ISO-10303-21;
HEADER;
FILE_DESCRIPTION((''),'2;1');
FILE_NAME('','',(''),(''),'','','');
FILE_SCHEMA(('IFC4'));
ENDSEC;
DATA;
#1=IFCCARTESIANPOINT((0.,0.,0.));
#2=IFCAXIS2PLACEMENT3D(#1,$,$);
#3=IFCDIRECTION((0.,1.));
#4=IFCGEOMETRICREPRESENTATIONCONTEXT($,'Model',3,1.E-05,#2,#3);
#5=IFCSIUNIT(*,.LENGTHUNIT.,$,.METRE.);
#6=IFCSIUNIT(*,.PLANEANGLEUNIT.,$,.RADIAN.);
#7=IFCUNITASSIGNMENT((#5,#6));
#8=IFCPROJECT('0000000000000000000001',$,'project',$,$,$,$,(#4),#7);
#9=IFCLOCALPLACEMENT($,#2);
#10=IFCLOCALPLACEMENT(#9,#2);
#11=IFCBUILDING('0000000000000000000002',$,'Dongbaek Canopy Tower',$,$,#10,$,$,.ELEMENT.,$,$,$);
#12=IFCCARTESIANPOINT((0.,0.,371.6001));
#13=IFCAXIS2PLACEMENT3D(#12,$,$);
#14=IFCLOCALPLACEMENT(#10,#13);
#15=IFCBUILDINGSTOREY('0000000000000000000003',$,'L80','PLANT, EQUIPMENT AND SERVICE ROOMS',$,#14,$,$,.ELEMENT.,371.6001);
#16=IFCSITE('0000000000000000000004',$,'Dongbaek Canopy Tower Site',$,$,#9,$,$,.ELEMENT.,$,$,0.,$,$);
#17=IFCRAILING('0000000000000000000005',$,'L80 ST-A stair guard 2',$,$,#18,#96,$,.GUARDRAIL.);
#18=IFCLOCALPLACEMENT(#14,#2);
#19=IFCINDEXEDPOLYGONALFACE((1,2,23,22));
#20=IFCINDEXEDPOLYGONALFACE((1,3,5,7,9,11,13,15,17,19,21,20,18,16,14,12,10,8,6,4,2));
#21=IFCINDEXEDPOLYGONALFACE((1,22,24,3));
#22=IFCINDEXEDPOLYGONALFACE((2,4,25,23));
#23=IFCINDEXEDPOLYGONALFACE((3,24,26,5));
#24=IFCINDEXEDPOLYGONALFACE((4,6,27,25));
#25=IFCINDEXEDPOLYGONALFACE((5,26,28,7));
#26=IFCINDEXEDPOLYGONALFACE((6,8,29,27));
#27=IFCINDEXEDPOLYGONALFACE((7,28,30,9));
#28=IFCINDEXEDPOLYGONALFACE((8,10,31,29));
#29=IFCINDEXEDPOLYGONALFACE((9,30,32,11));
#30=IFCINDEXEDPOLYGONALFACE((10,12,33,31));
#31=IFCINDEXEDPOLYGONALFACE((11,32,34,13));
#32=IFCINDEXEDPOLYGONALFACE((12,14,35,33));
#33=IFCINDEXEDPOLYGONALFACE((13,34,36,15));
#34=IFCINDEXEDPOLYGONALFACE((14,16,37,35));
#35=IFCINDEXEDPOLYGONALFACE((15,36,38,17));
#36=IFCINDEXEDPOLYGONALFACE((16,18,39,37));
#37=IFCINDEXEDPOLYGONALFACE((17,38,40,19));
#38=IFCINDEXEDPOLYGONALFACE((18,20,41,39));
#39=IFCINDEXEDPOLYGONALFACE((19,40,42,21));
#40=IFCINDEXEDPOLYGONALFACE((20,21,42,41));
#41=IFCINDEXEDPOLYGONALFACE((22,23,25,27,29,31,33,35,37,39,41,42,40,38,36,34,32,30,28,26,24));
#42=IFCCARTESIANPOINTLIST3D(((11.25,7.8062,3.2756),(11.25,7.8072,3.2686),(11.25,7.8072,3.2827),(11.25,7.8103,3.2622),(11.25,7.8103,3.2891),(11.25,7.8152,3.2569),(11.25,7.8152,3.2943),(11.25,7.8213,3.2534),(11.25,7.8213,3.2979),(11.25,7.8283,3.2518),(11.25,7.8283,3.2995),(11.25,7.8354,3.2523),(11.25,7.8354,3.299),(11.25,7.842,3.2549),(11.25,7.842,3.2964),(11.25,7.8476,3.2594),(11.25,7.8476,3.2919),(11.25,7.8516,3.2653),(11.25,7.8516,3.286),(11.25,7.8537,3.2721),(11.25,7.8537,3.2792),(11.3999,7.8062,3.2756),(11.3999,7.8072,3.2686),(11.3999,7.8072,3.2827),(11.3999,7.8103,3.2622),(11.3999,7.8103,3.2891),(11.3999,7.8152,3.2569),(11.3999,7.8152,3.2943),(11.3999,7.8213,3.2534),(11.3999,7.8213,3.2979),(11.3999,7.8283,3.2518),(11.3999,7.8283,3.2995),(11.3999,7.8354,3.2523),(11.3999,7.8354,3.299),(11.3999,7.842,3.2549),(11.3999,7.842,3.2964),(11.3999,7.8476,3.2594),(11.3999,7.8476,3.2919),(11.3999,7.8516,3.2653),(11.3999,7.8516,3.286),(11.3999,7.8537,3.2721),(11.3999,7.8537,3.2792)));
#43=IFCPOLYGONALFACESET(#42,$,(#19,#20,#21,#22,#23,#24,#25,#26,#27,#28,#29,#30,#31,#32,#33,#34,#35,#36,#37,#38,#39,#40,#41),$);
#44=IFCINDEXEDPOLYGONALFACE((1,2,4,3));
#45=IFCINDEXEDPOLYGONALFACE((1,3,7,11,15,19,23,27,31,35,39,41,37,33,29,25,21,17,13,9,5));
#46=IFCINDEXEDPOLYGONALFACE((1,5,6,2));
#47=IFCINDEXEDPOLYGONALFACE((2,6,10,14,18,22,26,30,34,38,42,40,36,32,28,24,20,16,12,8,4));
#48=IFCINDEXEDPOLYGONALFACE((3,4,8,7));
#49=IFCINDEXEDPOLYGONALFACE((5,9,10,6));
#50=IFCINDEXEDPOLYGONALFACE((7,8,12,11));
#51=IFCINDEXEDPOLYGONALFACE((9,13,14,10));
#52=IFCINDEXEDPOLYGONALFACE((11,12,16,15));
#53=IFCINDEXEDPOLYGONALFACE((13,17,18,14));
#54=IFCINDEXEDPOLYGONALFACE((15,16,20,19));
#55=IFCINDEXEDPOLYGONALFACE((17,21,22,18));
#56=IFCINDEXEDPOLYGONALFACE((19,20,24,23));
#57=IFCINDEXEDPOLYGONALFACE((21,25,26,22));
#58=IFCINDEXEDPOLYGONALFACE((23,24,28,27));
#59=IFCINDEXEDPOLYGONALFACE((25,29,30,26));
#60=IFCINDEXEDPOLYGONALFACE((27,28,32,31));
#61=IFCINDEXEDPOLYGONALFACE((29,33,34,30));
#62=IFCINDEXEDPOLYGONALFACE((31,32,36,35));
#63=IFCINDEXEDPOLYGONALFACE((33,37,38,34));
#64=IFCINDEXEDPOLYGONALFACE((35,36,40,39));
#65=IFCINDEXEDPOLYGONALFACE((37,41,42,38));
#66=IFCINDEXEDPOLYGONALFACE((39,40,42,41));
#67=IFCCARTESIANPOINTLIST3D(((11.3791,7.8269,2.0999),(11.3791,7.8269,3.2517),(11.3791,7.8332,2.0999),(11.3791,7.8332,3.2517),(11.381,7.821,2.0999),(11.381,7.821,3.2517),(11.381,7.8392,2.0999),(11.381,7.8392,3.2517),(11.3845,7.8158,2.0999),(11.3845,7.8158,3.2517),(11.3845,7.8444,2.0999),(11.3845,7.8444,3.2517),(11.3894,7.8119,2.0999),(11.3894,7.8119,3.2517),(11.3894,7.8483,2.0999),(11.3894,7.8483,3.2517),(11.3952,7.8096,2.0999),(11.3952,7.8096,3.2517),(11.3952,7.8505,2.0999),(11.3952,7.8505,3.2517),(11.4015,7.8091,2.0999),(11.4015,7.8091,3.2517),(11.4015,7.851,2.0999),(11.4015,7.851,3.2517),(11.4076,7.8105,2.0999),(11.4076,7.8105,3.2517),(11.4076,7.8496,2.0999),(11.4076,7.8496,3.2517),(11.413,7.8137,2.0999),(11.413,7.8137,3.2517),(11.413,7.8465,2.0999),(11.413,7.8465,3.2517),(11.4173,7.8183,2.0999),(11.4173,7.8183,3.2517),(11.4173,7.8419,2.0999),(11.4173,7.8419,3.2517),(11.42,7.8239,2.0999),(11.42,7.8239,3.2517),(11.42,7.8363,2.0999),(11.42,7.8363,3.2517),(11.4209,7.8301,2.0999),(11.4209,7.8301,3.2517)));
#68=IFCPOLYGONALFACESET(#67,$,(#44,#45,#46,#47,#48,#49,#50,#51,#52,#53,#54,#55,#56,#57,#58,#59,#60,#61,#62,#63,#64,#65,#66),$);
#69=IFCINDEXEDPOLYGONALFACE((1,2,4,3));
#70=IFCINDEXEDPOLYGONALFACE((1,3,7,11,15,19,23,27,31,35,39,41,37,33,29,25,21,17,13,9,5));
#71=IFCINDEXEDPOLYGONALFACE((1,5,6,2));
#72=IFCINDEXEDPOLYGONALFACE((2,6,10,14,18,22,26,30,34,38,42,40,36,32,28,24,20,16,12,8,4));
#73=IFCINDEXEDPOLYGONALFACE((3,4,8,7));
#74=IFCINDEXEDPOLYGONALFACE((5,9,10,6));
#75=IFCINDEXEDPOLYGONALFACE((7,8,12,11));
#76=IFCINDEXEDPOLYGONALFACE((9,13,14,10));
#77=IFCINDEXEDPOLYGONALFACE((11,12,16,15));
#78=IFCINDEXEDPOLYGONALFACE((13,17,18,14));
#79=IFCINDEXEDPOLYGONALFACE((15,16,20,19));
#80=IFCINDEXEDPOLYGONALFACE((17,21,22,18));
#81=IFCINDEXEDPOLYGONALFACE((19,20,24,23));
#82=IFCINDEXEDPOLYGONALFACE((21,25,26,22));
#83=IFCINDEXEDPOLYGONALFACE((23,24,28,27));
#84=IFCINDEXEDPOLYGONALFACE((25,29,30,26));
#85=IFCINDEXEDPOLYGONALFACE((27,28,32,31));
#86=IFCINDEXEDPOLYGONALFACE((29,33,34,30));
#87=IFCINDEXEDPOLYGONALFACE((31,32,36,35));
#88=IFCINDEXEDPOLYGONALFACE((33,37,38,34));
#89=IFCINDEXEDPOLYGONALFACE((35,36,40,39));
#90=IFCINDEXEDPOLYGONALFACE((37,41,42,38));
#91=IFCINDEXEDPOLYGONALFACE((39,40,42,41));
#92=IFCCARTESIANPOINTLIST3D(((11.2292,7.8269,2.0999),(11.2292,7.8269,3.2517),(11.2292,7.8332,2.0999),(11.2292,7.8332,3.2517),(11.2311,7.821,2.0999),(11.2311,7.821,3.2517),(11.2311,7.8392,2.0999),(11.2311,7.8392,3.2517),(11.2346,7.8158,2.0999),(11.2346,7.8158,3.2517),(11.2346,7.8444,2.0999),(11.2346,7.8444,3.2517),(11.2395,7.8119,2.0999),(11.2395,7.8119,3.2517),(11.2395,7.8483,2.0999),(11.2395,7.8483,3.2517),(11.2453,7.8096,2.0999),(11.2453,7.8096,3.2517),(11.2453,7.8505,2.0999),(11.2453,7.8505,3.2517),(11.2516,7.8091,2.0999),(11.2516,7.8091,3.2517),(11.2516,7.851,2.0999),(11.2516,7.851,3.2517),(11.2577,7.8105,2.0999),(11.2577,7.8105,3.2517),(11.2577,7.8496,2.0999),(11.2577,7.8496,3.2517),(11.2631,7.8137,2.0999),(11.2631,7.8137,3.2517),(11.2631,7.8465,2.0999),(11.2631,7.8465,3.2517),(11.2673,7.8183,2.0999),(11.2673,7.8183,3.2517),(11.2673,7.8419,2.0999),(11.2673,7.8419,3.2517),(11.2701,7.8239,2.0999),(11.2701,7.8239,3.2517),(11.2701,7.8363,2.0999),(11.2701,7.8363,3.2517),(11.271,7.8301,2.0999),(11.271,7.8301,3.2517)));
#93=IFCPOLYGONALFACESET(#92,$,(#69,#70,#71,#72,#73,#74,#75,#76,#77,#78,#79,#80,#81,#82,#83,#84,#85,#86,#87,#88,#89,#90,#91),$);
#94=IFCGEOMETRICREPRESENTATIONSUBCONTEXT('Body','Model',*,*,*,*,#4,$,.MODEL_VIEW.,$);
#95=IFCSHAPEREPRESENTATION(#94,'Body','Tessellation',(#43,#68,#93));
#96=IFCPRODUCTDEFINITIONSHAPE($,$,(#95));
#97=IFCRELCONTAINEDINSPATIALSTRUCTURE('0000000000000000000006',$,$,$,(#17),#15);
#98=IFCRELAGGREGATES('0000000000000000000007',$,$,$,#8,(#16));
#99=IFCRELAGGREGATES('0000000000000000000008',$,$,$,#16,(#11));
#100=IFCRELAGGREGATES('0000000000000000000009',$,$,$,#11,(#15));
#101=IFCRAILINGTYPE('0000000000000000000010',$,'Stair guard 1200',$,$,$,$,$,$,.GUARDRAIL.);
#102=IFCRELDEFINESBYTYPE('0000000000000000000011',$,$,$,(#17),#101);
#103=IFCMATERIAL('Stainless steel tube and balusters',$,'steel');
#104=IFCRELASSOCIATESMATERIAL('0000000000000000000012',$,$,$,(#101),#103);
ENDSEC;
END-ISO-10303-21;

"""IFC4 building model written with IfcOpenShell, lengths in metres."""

from ifc_helpers import new_model, si_unit, direction, frame, origin, origin_2d, place, context, subcontext, project, spatial, circle, extrude, material, type_object, element, save


model = new_model("IFC4")

# Units and contexts
model_context = context("Model", 3, precision=1e-05, world=origin(), true_north=direction((0.0, 1.0)))
body_context = subcontext(model_context, "Body", "Model", "MODEL_VIEW")
ifc_project = project(units=[si_unit("LENGTHUNIT", "METRE"), si_unit("PLANEANGLEUNIT", "RADIAN")], contexts=[model_context])

# Site, building, storey
site_placement = place(None, origin())
site = spatial("IfcSite", under=ifc_project, at=site_placement, Name="Dongbaek Canopy Tower Site", CompositionType="ELEMENT", RefElevation=0.0)
building_placement = place(site_placement, origin())
building = spatial("IfcBuilding", under=site, at=building_placement, Name="Dongbaek Canopy Tower", CompositionType="ELEMENT")
storey_placement = place(building_placement, frame((0.0, 0.0, 371.6001)))
storey = spatial("IfcBuildingStorey", under=building, at=storey_placement, Name="L80", Description="PLANT, EQUIPMENT AND SERVICE ROOMS", CompositionType="ELEMENT", Elevation=371.6001)

# Railing
ifc_material_1 = material(Name="Stainless steel tube and balusters", Category="steel")
railing_type_1 = type_object("IfcRailingType", Name="Stair guard 1200", PredefinedType="GUARDRAIL", material=ifc_material_1)
railing_1_placement = place(storey_placement, frame((11.3999, 7.8301, 2.0999)))
element("IfcRailing", 1, at=railing_1_placement, inside=storey, type_object=railing_type_1, Name="L80 ST-A stair guard 2", PredefinedType="GUARDRAIL", context=body_context, shape_type="SweptSolid", body=[
    extrude(circle(Radius=0.0239, at=origin_2d()), frame((0.0, 0.0, 1.1758), z_axis=(-1.0, 0.0, 0.0), x_axis=(0.0, -1.0, 0.0)), (0.0, 0.0, 1.0), 0.1499),
    extrude(circle(Radius=0.021, at=origin_2d()), origin(), (0.0, 0.0, 1.0), 1.1519),
    extrude(circle(Radius=0.021, at=origin_2d()), frame((-0.1499, 0.0, 0.0)), (0.0, 0.0, 1.0), 1.1519),
])

save(model, "model.ifc")
